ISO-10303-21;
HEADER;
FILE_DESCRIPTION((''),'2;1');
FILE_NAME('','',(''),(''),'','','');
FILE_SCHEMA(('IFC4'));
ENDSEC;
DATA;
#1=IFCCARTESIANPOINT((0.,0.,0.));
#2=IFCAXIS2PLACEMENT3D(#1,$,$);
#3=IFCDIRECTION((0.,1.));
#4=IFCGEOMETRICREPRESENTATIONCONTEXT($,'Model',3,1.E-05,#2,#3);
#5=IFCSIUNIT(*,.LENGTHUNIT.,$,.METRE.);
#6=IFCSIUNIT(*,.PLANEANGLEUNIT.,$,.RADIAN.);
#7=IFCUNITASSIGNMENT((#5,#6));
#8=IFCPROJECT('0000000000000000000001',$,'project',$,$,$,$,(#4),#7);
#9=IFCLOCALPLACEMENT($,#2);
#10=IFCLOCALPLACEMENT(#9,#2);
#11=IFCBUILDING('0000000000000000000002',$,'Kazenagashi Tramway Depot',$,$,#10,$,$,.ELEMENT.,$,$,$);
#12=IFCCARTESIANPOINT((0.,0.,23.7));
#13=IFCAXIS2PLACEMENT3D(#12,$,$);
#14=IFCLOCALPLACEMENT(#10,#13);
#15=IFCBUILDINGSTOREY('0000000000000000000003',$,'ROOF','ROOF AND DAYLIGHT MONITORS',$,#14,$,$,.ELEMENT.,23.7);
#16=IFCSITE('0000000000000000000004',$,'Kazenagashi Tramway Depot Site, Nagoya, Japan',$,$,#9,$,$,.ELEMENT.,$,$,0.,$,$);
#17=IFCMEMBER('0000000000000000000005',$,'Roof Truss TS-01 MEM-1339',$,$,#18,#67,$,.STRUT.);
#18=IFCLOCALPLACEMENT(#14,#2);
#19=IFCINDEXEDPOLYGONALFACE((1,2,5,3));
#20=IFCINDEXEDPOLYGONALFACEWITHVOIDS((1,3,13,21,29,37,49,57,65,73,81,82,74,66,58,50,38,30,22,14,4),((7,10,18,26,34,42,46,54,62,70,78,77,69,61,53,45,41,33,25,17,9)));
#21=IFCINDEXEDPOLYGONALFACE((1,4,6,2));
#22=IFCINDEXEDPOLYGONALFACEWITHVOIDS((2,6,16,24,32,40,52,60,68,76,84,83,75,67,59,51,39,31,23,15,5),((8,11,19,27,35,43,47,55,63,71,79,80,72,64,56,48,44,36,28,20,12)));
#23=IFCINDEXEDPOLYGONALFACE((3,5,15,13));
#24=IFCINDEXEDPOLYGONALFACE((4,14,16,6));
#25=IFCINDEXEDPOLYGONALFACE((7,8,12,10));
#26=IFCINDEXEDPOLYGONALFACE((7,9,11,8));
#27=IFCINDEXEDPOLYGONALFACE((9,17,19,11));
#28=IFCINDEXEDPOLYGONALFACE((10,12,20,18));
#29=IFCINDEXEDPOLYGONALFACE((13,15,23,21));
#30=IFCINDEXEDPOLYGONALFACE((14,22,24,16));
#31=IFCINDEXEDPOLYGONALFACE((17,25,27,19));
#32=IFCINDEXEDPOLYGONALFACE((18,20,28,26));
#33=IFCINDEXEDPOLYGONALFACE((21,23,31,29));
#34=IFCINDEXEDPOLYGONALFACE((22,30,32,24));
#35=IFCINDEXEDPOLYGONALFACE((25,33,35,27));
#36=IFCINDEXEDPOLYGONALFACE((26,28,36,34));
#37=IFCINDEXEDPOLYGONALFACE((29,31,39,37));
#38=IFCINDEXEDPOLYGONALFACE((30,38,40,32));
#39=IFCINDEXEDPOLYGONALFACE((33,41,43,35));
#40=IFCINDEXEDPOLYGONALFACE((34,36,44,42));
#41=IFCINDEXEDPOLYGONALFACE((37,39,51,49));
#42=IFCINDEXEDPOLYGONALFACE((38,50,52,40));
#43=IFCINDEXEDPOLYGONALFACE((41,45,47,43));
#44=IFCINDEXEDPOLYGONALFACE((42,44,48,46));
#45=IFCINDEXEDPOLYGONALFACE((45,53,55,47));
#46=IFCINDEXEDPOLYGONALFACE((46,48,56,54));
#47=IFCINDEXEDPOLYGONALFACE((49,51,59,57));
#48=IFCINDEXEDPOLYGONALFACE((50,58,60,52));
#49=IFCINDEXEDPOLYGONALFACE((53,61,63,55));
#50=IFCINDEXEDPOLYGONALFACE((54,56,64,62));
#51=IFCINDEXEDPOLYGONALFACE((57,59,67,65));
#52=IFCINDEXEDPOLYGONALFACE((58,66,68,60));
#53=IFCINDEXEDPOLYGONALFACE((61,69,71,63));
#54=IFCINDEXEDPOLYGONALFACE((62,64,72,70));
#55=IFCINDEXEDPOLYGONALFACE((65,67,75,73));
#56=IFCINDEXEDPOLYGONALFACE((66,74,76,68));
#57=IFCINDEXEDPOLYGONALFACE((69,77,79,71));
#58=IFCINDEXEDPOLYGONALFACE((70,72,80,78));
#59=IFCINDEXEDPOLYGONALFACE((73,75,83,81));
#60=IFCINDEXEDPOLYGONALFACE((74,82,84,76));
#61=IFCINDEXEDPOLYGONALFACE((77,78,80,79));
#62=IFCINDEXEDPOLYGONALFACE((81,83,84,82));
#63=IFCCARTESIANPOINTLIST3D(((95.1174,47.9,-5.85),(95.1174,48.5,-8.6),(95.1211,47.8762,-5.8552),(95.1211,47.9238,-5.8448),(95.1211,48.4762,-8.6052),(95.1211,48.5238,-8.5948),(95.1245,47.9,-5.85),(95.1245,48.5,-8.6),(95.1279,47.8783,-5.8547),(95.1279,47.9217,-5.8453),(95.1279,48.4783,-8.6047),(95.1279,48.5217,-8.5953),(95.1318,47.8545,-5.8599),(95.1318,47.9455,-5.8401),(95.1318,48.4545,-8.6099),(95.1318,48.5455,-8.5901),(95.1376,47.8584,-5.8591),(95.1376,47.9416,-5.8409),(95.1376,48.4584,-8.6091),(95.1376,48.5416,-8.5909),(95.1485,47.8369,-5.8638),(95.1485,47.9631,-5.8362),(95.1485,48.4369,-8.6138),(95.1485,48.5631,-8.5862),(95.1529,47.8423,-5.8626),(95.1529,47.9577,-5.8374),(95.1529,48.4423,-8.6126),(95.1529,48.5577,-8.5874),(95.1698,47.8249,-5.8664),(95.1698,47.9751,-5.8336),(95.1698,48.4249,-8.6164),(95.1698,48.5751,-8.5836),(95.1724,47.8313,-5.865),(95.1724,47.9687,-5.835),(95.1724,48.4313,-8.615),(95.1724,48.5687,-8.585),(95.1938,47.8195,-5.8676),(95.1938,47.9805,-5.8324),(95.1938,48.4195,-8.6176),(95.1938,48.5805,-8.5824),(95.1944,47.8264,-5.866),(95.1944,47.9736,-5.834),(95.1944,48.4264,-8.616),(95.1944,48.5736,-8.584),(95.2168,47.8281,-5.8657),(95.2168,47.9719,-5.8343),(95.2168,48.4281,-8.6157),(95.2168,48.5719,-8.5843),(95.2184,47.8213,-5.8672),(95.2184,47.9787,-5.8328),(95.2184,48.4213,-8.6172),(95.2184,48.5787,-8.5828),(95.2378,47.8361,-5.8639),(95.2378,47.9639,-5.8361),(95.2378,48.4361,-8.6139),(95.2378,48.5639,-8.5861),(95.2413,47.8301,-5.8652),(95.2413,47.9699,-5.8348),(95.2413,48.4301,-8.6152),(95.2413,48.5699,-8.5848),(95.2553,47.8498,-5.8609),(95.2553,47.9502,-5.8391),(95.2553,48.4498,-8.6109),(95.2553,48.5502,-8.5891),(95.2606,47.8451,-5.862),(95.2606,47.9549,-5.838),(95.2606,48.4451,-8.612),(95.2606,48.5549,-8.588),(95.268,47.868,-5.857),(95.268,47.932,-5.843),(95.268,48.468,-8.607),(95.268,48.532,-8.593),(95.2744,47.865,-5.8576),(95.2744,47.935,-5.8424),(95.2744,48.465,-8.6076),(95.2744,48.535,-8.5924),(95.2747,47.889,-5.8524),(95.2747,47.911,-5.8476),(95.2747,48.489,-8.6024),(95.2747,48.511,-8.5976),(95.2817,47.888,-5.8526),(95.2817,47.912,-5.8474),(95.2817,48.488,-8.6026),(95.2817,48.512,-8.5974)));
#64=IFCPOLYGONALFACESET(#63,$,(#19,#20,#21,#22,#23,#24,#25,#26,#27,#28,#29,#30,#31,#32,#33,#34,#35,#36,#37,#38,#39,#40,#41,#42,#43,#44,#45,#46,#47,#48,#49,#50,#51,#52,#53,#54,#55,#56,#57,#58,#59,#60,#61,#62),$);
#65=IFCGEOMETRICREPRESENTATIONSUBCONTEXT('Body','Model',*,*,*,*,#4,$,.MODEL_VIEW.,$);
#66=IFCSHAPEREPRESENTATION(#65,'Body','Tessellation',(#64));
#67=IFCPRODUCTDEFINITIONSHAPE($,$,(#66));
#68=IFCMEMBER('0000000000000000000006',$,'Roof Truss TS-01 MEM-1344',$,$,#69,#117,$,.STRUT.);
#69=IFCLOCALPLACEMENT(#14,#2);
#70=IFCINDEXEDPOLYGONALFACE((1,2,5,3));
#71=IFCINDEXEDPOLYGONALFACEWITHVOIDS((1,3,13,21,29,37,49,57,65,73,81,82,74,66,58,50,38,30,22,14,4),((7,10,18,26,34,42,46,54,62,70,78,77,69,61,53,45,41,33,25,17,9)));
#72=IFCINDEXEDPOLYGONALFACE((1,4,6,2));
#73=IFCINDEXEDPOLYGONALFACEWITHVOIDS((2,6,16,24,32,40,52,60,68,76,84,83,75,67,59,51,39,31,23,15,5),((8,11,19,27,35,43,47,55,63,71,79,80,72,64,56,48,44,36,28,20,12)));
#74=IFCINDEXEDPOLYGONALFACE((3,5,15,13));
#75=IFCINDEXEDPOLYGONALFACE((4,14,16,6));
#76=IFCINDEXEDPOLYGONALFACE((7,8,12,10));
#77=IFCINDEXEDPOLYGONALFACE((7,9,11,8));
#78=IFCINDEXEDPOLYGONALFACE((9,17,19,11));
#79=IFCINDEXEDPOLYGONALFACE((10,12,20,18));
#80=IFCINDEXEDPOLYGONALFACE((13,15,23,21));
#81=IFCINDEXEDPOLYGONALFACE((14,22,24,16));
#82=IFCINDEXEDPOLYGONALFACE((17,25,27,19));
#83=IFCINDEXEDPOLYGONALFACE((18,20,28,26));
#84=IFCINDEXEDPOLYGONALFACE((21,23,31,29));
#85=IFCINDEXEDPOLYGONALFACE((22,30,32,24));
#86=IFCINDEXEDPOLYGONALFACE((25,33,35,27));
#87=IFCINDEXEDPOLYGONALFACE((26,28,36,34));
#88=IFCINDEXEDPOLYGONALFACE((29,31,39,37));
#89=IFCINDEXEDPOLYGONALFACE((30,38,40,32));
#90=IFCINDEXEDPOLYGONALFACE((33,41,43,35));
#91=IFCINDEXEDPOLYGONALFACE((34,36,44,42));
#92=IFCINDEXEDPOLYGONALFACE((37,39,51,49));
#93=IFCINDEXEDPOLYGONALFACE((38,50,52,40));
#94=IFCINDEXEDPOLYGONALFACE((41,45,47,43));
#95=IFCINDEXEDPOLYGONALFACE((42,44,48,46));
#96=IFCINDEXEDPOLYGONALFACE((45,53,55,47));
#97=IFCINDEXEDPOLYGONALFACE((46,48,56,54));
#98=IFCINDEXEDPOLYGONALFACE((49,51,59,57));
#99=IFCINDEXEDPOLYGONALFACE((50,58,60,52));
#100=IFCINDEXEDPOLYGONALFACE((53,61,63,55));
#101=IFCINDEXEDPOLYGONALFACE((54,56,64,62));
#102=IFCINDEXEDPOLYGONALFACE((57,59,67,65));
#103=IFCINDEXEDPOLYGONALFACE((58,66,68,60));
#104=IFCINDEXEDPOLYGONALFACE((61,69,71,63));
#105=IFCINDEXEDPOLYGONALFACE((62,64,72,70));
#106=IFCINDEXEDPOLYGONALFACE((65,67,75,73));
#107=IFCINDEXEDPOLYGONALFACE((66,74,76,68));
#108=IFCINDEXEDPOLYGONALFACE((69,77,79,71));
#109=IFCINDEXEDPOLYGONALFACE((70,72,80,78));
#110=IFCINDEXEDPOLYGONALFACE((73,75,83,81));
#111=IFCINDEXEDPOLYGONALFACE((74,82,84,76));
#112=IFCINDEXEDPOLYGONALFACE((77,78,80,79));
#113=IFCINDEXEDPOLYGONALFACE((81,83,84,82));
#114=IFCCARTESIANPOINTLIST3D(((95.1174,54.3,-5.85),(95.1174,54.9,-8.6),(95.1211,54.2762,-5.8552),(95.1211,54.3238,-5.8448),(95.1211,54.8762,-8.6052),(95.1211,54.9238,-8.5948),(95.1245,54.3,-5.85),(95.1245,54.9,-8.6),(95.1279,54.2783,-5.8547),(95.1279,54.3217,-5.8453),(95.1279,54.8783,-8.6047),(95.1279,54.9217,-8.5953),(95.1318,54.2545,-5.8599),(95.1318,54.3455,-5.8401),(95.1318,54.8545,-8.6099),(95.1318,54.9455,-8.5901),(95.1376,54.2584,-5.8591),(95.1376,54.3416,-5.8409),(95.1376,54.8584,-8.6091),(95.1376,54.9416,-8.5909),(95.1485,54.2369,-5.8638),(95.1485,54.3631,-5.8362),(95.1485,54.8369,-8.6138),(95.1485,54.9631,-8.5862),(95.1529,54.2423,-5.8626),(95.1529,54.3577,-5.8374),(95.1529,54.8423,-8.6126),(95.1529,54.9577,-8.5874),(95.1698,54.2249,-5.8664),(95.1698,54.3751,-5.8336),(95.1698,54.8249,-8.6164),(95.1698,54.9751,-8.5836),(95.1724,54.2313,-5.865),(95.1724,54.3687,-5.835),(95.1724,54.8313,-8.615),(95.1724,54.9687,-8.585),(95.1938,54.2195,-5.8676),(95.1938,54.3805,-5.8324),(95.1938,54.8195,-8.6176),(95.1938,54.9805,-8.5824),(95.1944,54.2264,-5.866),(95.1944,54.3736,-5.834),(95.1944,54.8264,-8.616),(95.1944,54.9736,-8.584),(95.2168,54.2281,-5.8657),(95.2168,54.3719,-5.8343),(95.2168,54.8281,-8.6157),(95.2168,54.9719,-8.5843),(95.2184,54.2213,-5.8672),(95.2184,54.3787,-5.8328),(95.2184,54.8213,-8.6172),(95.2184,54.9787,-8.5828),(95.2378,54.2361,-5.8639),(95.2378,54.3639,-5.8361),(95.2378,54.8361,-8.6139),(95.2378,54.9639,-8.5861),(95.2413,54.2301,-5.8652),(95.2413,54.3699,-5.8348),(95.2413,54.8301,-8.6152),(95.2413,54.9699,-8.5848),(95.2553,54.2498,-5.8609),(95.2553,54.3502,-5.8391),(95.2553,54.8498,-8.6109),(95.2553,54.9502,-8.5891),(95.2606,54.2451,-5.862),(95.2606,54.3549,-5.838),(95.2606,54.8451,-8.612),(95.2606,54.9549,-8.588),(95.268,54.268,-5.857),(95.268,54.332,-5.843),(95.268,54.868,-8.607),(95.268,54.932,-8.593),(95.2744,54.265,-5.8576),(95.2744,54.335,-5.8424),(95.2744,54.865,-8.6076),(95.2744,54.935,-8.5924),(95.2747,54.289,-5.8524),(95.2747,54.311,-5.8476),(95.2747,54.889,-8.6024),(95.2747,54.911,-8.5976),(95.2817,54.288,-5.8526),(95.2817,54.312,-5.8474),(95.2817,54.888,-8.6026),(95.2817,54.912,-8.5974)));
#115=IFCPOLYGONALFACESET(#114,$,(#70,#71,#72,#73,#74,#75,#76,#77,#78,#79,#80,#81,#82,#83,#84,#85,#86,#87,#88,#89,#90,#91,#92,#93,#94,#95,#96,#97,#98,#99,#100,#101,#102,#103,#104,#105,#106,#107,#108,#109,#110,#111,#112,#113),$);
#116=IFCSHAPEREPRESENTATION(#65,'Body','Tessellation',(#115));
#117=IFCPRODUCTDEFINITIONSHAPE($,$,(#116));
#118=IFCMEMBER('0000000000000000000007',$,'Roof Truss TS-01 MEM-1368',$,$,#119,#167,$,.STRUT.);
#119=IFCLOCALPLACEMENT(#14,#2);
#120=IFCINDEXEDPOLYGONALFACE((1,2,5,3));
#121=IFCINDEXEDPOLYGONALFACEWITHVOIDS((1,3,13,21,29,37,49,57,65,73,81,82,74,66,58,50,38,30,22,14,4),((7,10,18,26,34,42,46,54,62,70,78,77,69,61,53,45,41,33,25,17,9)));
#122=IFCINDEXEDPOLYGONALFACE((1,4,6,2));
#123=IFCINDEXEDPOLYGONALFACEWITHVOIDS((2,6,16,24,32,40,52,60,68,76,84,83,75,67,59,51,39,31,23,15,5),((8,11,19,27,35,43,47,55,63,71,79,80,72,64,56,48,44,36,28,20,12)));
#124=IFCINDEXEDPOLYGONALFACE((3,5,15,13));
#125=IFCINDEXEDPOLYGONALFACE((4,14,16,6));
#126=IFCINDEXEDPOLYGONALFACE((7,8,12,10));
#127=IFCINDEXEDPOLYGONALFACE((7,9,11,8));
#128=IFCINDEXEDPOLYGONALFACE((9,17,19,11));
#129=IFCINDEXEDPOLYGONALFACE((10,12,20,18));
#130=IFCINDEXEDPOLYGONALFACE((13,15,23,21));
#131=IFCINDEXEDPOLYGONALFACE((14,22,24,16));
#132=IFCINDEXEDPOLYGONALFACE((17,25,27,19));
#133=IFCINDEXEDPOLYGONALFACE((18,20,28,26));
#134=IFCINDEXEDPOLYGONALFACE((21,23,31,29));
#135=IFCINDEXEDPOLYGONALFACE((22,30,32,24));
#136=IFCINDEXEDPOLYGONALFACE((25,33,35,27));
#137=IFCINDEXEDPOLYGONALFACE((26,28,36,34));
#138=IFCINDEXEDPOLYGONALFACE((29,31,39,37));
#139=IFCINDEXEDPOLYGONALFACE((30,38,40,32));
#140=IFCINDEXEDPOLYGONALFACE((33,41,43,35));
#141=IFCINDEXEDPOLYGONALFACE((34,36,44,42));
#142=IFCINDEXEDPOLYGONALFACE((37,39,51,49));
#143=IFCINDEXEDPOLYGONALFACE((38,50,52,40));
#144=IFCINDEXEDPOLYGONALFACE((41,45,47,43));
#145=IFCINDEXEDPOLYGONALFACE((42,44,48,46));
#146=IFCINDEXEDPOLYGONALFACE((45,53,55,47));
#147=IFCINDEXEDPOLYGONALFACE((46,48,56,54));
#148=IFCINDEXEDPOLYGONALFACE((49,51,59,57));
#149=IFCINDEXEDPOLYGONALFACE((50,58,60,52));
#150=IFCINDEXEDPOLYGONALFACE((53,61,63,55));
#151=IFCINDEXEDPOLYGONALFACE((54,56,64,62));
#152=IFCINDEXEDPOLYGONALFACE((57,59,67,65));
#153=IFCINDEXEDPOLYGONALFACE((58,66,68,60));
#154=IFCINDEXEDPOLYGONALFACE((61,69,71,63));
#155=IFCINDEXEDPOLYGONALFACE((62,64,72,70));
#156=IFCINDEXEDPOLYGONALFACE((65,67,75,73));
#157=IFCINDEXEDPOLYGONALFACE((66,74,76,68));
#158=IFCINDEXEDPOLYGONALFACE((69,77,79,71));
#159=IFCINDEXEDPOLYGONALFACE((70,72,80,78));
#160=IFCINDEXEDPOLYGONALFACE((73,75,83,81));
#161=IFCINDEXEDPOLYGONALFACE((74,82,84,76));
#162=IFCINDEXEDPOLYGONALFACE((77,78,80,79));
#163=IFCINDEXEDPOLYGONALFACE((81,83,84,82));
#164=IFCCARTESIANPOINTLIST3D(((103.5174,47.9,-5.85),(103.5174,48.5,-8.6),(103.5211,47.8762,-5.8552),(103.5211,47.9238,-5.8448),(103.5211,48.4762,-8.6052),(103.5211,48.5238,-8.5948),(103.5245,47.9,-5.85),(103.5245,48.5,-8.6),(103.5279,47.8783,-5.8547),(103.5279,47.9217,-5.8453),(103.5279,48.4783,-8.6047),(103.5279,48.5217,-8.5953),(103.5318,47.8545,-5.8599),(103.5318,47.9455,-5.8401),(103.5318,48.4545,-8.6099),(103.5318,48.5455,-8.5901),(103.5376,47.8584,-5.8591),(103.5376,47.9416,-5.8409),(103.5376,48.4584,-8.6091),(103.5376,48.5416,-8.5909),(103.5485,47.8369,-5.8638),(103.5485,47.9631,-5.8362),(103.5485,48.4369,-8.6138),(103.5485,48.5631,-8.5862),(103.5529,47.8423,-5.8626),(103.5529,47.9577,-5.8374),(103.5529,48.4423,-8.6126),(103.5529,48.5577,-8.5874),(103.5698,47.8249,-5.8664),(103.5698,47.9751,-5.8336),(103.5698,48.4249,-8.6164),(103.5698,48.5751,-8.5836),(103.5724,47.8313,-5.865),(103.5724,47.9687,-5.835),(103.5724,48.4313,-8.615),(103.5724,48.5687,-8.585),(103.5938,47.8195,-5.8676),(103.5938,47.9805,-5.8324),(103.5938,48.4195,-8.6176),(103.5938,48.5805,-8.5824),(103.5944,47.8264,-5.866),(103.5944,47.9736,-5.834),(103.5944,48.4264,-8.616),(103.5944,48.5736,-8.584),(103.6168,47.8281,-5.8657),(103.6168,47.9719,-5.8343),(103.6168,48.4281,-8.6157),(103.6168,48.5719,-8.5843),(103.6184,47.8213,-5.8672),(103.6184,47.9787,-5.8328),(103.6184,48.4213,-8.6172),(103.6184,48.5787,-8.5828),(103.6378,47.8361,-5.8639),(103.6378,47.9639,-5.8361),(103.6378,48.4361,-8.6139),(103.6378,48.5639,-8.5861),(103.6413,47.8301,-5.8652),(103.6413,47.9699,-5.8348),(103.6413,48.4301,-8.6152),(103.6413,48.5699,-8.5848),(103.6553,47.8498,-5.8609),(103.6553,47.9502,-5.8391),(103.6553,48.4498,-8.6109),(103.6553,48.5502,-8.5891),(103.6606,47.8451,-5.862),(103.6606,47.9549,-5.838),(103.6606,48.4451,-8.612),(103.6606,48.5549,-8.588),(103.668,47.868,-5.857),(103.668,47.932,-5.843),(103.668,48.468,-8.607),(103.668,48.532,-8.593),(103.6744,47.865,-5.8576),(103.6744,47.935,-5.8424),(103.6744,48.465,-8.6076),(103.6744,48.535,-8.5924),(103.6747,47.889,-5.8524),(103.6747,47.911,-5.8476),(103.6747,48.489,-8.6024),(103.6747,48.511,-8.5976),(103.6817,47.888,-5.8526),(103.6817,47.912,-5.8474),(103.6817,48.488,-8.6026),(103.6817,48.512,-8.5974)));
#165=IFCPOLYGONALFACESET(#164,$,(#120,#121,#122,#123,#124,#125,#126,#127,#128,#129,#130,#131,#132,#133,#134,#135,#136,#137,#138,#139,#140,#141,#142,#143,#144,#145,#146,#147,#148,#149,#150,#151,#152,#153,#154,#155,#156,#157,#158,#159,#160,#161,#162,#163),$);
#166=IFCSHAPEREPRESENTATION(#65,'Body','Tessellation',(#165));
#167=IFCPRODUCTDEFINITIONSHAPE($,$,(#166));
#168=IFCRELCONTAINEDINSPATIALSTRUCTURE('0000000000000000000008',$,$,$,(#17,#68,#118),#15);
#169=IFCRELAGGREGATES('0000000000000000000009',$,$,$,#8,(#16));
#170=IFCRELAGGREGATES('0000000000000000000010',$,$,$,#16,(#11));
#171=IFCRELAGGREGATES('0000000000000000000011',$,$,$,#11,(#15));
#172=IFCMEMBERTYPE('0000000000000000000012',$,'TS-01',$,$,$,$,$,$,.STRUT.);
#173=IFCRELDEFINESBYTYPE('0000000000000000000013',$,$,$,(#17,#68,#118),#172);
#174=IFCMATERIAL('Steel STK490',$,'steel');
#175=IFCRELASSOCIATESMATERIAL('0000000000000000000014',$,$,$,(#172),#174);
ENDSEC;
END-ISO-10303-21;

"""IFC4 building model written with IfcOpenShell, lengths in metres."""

from ifc_helpers import new_model, si_unit, direction, frame, origin, origin_2d, place, context, subcontext, project, spatial, hollow_circle, extrude, material, material_profile, profile_set, type_object, element, save


model = new_model("IFC4")

# Units and contexts
model_context = context("Model", 3, precision=1e-05, world=origin(), true_north=direction((0.0, 1.0)))
body_context = subcontext(model_context, "Body", "Model", "MODEL_VIEW")
ifc_project = project(units=[si_unit("LENGTHUNIT", "METRE"), si_unit("PLANEANGLEUNIT", "RADIAN")], contexts=[model_context])

# Site, building, storey
site_placement = place(None, origin())
site = spatial("IfcSite", under=ifc_project, at=site_placement, Name="Kazenagashi Tramway Depot Site, Nagoya, Japan", CompositionType="ELEMENT", RefElevation=0.0)
building_placement = place(site_placement, origin())
building = spatial("IfcBuilding", under=site, at=building_placement, Name="Kazenagashi Tramway Depot", CompositionType="ELEMENT")
storey_placement = place(building_placement, frame((0.0, 0.0, 23.7)))
storey = spatial("IfcBuildingStorey", under=building, at=storey_placement, Name="ROOF", Description="ROOF AND DAYLIGHT MONITORS", CompositionType="ELEMENT", Elevation=23.7)

# Members
ifc_material_1 = material(Name="Steel STK490", Category="steel")
ifc_material_profile_1 = material_profile(ifc_material_1, hollow_circle(Radius=0.0826, WallThickness=0.0071, at=origin_2d()), Name="CHS-165.2x7.1")
ifc_profile_set_1 = profile_set([ifc_material_profile_1], Name="Steel STK490")
member_type_1 = type_object("IfcMemberType", Name="TS-01", PredefinedType="STRUT", material=ifc_profile_set_1)
for number, where, z_axis, x_axis, name in (
    (1, (95.2, 47.9, -5.85), (0.0, 0.213167, -0.977016), (-1.0, 0.0, 0.0), "Roof Truss TS-01 MEM-1339"),
    (2, (95.2, 54.3, -5.85), (0.0, 0.213167, -0.977016), (-1.0, 0.0, 0.0), "Roof Truss TS-01 MEM-1344"),
    (3, (103.6, 47.9, -5.85), (0.0, 0.213167, -0.977016), (-1.0, 0.0, 0.0), "Roof Truss TS-01 MEM-1368"),
):
    element("IfcMember", number, at=place(storey_placement, frame(where, z_axis=z_axis, x_axis=x_axis)), inside=storey, type_object=member_type_1, Name=name, PredefinedType="STRUT", context=body_context, shape_type="SweptSolid", body=[
        extrude(hollow_circle(Radius=0.0826, WallThickness=0.0071, at=origin_2d()), origin(), (0.0, 0.0, 1.0), 2.8147),
    ])

save(model, "model.ifc")
